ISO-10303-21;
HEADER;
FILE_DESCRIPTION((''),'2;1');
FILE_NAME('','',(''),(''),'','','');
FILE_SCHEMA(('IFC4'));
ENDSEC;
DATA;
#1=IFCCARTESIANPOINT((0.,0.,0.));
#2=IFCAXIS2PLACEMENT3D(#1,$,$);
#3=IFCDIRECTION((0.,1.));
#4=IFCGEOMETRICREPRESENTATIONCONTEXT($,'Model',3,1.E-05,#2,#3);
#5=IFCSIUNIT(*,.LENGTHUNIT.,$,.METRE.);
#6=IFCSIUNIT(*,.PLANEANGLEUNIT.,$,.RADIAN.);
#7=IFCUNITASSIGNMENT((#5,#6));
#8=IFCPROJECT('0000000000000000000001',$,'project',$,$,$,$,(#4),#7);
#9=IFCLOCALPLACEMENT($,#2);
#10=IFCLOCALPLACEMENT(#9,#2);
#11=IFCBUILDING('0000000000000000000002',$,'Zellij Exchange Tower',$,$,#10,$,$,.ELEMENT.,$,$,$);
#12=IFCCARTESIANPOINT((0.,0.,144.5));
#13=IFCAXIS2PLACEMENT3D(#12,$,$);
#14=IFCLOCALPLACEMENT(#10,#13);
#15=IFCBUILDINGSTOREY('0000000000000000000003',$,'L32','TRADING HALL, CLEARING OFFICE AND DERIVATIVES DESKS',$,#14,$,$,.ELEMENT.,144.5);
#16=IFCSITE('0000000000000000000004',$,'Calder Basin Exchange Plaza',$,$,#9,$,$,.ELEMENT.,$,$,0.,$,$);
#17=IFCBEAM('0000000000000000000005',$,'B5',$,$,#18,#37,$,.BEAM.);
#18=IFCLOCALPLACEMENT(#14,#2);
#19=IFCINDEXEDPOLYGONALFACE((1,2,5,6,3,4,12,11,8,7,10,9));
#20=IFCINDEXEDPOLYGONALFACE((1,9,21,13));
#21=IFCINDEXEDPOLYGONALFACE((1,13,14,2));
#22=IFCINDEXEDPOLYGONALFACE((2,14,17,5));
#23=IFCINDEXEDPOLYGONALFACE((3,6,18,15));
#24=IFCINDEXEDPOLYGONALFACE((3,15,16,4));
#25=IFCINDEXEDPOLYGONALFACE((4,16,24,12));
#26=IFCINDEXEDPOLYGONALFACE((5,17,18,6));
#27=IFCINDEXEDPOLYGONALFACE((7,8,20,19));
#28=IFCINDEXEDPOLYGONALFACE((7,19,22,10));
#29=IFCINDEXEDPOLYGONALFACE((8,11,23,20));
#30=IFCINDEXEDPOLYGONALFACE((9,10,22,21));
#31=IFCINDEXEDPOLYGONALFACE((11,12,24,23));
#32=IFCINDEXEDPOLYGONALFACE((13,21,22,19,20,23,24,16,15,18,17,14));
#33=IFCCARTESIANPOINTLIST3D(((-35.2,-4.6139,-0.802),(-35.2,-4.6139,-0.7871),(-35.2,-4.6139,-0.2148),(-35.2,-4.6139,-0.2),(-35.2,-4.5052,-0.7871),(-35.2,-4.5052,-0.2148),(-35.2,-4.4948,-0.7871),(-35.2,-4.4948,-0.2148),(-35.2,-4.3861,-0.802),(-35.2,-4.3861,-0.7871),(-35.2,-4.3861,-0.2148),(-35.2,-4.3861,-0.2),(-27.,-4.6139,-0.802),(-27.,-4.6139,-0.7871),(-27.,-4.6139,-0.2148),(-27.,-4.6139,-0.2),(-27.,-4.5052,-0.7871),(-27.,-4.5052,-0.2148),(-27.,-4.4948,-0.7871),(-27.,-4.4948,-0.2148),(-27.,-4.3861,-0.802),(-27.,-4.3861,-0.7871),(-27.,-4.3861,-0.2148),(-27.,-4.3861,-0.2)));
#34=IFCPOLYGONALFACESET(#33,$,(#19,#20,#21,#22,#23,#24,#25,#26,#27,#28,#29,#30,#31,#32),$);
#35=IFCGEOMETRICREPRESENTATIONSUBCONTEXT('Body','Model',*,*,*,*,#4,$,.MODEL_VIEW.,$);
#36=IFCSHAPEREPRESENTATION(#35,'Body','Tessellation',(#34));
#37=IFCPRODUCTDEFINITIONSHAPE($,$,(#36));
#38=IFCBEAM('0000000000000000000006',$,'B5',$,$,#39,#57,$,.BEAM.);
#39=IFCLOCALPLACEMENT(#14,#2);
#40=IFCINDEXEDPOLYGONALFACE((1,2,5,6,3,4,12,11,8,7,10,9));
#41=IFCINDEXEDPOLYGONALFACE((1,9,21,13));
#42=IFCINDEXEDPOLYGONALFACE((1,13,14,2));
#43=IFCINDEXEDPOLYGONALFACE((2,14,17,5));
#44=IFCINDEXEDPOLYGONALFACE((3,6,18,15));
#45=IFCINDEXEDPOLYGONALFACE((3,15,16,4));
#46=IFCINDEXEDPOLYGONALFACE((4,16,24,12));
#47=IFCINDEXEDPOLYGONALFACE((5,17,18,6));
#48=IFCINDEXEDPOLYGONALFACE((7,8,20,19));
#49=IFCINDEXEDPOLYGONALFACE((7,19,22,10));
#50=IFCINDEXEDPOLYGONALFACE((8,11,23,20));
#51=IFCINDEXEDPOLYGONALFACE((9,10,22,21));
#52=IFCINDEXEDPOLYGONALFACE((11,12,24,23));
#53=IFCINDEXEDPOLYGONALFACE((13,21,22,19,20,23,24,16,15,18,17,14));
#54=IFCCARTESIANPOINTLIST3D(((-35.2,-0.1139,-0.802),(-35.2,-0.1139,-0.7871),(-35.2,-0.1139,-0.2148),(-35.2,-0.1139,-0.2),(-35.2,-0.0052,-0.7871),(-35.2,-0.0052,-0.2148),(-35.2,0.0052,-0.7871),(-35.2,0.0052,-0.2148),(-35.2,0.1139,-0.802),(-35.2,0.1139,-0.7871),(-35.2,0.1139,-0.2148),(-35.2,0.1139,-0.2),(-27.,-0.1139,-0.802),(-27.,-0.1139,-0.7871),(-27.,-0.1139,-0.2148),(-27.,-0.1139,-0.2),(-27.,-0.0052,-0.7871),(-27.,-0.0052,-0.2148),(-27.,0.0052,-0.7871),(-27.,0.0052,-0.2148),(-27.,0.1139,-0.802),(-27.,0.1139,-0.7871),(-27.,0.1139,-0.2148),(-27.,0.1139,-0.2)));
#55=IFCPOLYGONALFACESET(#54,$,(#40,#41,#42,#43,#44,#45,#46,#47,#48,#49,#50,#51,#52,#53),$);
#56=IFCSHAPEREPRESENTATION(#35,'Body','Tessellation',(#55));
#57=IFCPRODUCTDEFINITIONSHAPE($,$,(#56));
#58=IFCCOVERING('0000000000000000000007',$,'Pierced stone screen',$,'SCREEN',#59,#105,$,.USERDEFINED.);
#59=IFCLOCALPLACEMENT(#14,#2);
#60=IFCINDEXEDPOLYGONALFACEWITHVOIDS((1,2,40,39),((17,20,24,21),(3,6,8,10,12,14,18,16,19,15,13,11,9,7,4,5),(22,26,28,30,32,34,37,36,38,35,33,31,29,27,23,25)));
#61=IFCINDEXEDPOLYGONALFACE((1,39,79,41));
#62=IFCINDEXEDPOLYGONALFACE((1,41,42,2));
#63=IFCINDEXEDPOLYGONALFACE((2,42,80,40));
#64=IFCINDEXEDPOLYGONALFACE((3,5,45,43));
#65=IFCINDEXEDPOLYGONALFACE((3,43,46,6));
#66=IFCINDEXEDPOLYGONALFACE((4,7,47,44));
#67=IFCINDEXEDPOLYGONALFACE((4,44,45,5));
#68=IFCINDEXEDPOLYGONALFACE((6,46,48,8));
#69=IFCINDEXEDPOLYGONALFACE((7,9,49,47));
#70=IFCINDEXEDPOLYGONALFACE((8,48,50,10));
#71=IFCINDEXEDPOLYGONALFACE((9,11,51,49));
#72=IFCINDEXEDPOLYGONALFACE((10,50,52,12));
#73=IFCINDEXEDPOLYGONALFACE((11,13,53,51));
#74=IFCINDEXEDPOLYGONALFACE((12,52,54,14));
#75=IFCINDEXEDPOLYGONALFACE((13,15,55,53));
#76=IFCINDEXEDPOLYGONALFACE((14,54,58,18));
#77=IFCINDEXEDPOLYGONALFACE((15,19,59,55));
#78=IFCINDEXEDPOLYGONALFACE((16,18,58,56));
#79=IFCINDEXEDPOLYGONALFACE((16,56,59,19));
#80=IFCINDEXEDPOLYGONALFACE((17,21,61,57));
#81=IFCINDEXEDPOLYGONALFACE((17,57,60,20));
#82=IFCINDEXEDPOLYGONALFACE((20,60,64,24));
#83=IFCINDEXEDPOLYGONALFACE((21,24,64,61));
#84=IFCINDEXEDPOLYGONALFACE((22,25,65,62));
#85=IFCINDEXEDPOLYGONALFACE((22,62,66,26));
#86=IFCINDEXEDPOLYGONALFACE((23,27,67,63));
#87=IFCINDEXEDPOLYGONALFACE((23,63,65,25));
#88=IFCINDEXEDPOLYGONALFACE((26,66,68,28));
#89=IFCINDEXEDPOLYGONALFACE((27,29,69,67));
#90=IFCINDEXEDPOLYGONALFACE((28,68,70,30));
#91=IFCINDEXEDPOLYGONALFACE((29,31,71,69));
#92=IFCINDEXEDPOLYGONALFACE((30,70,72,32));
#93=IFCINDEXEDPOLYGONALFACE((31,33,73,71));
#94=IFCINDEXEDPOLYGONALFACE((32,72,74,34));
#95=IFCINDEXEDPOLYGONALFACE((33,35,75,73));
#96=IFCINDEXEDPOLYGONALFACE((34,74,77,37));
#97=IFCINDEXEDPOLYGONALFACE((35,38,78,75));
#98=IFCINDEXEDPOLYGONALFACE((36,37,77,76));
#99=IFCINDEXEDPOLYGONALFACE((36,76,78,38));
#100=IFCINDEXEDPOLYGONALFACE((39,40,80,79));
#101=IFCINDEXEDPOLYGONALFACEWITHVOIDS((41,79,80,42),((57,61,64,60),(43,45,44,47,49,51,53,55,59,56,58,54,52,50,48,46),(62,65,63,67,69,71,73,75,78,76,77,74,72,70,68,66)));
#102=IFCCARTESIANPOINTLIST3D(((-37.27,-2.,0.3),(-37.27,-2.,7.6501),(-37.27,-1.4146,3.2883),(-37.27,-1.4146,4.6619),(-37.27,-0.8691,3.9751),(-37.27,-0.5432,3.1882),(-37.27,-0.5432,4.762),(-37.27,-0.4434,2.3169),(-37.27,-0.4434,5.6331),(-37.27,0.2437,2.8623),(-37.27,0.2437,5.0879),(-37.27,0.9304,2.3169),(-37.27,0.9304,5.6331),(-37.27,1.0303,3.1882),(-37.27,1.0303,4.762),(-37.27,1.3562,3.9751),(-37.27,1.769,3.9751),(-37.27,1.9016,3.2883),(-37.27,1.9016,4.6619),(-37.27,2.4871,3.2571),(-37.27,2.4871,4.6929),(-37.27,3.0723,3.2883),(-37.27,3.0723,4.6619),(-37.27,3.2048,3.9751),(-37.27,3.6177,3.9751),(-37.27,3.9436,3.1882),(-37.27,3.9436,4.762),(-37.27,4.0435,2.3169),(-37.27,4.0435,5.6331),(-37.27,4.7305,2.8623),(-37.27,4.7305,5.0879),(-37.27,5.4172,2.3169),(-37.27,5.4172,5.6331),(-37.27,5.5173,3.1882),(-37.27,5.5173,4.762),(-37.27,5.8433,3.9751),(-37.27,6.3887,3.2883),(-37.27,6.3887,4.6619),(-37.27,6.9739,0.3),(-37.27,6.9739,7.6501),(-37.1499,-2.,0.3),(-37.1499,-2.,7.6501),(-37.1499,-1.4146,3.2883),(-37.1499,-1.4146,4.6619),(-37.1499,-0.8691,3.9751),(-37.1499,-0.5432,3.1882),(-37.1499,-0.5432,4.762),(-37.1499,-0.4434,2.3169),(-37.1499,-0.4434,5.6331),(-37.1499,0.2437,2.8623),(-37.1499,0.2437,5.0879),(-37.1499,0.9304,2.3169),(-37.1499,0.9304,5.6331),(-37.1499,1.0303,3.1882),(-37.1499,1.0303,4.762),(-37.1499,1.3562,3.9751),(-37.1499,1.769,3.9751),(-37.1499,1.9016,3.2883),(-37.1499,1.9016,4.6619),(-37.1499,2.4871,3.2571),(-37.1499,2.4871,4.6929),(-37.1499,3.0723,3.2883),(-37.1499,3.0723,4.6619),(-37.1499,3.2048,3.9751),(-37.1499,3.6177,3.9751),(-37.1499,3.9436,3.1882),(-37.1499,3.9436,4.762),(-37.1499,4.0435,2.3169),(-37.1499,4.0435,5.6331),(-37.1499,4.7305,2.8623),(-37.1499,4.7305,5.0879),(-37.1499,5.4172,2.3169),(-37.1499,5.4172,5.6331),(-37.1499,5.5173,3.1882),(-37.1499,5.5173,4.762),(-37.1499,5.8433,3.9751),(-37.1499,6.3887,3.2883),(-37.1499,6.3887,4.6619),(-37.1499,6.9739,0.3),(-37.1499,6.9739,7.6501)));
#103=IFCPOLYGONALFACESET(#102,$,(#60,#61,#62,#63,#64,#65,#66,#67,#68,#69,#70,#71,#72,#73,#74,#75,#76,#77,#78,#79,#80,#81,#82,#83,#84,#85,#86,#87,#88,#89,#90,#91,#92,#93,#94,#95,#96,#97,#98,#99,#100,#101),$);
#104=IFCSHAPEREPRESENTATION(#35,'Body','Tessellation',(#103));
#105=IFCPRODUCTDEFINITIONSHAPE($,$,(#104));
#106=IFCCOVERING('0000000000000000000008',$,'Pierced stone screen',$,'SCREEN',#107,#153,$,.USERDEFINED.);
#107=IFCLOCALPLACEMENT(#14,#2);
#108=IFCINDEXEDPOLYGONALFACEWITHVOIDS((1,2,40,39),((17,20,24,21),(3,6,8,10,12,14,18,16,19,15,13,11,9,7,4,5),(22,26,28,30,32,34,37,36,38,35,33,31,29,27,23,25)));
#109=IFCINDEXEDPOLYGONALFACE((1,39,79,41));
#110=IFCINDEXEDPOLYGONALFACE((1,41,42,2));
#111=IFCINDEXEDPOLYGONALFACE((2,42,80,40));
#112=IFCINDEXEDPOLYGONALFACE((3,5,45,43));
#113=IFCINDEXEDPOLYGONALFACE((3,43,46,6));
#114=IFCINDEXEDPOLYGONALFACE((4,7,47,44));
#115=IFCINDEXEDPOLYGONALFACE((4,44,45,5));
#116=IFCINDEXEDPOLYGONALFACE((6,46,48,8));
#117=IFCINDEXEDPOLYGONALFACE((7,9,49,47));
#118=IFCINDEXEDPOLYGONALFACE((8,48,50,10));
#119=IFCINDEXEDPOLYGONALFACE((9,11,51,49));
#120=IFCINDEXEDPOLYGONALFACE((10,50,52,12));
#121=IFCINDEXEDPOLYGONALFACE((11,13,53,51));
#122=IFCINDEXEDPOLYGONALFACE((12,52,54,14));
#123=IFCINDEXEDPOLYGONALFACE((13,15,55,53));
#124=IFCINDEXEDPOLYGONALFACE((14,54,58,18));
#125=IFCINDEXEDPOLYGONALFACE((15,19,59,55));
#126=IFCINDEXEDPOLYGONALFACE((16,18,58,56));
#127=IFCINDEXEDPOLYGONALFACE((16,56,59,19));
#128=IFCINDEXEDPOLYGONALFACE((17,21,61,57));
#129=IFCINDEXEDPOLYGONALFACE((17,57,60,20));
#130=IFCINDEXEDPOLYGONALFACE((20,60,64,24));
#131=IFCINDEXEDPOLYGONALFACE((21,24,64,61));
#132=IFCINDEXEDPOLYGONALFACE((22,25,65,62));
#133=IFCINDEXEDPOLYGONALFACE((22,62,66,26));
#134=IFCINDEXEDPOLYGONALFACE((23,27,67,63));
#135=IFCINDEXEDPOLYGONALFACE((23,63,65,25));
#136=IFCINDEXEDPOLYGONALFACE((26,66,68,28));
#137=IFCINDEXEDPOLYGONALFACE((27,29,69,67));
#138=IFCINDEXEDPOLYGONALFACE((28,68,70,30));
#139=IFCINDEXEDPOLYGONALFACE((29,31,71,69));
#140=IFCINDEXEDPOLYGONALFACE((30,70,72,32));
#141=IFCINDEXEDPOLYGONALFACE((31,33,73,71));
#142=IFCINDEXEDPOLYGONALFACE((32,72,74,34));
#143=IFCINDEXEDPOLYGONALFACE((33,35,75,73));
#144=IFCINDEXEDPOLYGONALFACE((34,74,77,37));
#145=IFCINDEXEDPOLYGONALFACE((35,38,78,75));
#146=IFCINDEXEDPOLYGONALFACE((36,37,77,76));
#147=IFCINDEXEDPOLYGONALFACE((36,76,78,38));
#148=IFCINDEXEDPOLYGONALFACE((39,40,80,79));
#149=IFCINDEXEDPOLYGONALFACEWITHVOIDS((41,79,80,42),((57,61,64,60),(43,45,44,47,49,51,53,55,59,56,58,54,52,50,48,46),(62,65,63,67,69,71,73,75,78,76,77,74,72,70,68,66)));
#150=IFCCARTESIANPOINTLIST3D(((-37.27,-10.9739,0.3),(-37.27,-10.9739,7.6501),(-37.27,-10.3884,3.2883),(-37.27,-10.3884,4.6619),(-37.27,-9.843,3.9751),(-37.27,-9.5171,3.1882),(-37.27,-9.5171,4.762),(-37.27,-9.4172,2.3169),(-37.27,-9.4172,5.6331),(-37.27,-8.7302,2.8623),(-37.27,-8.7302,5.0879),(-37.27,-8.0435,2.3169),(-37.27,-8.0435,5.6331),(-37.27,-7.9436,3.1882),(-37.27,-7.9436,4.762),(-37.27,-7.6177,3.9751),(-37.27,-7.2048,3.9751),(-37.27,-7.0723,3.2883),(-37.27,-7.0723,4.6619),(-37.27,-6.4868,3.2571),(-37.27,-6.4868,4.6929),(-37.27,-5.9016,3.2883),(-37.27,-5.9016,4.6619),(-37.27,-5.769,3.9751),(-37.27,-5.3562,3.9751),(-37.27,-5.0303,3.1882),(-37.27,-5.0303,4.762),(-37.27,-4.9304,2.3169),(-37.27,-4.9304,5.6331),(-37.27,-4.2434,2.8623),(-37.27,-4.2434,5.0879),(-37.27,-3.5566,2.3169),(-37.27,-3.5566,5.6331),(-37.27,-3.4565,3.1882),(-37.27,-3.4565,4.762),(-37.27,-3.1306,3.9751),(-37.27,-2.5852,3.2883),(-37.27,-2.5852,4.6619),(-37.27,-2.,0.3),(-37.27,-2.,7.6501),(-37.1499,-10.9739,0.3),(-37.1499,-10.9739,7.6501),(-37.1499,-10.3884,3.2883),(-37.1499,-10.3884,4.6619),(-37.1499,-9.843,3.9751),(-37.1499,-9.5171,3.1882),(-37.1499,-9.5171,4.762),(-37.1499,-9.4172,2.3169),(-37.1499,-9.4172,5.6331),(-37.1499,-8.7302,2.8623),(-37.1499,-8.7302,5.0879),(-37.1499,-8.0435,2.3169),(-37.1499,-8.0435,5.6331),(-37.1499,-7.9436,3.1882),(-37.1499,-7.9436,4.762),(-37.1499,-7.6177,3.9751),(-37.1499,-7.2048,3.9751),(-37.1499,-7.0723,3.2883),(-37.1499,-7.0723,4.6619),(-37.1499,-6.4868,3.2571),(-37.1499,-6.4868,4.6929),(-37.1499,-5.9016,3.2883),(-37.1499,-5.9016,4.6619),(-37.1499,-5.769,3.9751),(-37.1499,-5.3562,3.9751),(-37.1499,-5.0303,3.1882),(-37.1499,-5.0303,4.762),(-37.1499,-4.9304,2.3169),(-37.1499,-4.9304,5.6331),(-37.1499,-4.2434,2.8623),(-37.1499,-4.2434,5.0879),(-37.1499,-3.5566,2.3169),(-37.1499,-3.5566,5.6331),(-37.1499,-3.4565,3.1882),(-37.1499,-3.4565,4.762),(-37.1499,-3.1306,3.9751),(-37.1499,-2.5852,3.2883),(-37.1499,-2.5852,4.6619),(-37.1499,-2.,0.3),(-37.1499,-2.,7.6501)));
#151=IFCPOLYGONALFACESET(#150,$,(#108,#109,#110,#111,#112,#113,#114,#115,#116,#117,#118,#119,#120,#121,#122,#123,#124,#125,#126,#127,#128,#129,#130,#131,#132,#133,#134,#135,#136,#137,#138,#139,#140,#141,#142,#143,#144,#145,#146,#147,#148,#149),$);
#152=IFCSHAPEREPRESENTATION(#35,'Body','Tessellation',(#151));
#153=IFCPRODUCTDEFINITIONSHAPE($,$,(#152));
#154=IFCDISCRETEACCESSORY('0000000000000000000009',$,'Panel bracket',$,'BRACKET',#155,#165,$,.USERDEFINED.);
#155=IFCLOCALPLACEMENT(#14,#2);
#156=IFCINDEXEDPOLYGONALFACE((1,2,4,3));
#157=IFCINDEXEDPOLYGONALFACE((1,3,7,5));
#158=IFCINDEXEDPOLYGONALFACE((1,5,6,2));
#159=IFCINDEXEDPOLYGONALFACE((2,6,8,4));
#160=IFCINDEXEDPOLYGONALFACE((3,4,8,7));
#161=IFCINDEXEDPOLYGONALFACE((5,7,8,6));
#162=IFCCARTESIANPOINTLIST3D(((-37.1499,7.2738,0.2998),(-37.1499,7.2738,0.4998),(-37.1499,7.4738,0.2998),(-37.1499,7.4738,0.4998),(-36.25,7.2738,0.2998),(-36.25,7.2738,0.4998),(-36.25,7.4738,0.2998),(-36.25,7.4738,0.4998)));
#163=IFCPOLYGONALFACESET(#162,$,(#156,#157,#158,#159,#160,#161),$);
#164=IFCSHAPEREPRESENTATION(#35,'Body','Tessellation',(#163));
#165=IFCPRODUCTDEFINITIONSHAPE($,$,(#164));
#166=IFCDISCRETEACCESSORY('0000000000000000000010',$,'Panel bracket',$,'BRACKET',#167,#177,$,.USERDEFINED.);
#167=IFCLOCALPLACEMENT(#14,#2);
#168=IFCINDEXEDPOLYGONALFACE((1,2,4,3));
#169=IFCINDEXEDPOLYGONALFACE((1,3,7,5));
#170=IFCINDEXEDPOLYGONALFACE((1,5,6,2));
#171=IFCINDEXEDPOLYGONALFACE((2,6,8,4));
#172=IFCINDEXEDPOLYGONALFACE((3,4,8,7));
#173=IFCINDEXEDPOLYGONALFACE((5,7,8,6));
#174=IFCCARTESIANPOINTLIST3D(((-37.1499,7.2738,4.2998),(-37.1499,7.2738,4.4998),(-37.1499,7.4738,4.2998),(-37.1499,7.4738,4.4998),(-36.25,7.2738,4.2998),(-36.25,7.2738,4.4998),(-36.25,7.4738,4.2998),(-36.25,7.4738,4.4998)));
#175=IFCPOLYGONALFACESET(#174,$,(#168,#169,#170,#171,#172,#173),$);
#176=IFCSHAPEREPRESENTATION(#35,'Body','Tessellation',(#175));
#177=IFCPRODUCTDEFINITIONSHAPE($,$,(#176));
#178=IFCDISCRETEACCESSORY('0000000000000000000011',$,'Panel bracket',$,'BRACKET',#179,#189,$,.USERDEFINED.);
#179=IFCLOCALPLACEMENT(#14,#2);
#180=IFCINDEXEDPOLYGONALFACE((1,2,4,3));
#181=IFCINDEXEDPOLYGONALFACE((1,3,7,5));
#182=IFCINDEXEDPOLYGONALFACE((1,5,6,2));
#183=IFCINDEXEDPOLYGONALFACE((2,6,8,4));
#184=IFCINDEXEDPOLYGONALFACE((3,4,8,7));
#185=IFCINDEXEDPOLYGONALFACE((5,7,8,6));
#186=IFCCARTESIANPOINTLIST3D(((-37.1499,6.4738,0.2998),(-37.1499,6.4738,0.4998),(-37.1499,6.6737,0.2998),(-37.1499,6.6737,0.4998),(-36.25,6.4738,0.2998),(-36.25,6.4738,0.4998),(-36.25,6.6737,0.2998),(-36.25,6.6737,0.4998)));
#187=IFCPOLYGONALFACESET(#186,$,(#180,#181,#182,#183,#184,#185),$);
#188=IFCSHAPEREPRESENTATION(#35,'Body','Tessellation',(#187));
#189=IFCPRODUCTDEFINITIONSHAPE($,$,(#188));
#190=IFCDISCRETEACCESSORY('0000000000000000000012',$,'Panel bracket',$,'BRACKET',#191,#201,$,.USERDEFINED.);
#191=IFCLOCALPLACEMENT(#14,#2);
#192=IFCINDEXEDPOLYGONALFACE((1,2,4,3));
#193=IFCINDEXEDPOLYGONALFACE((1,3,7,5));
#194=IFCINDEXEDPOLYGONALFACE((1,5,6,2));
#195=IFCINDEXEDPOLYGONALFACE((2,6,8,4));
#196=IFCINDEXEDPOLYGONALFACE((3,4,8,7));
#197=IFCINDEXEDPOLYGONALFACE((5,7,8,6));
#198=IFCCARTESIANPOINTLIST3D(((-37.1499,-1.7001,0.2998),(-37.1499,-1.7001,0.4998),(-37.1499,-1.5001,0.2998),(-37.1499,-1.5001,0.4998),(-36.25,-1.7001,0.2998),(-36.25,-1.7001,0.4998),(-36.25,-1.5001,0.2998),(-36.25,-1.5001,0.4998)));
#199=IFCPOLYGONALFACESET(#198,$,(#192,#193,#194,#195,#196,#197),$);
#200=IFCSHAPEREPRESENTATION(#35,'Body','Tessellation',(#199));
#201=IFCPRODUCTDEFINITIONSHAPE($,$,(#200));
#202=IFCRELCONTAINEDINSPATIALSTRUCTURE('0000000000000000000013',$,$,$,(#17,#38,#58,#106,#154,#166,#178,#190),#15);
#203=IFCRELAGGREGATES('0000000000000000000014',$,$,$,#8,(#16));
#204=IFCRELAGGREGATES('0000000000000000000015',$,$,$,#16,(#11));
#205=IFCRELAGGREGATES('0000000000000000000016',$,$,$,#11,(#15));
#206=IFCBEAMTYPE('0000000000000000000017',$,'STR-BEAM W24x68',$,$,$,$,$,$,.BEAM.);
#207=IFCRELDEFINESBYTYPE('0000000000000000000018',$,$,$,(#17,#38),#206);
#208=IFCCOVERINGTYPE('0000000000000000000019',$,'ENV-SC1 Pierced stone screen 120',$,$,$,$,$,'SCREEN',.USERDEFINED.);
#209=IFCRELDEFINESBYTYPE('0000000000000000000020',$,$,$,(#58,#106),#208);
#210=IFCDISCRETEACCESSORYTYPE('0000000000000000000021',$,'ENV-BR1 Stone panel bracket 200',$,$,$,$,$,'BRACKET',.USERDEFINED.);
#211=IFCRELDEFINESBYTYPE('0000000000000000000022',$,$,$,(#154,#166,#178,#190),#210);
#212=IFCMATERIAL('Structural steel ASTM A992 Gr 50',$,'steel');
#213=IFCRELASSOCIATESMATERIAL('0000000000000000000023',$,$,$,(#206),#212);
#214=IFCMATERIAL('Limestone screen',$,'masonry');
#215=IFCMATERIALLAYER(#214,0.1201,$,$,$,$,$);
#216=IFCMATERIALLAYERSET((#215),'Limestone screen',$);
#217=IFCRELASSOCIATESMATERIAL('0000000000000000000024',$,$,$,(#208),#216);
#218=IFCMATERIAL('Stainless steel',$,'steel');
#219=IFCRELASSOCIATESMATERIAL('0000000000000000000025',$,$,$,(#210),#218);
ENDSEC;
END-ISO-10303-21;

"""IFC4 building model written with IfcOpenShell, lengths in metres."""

from ifc_helpers import new_model, si_unit, direction, frame, origin, origin_2d, place, context, subcontext, project, spatial, polyline, rectangle, i_section, outline, extrude, material, layer, layer_set, material_profile, profile_set, type_object, element, save


model = new_model("IFC4")

# Units and contexts
model_context = context("Model", 3, precision=1e-05, world=origin(), true_north=direction((0.0, 1.0)))
body_context = subcontext(model_context, "Body", "Model", "MODEL_VIEW")
ifc_project = project(units=[si_unit("LENGTHUNIT", "METRE"), si_unit("PLANEANGLEUNIT", "RADIAN")], contexts=[model_context])

# Site, building, storey
site_placement = place(None, origin())
site = spatial("IfcSite", under=ifc_project, at=site_placement, Name="Calder Basin Exchange Plaza", CompositionType="ELEMENT", RefElevation=0.0)
building_placement = place(site_placement, origin())
building = spatial("IfcBuilding", under=site, at=building_placement, Name="Zellij Exchange Tower", CompositionType="ELEMENT")
storey_placement = place(building_placement, frame((0.0, 0.0, 144.5)))
storey = spatial("IfcBuildingStorey", under=building, at=storey_placement, Name="L32", Description="TRADING HALL, CLEARING OFFICE AND DERIVATIVES DESKS", CompositionType="ELEMENT", Elevation=144.5)

# Beams
ifc_material_1 = material(Name="Structural steel ASTM A992 Gr 50", Category="steel")
ifc_material_profile = material_profile(ifc_material_1, i_section(OverallWidth=0.2278, OverallDepth=0.6021, WebThickness=0.0105, FlangeThickness=0.0149, at=origin_2d()), Name="W24x68")
ifc_profile_set = profile_set([ifc_material_profile], Name="Structural steel ASTM A992 Gr 50")
beam_type = type_object("IfcBeamType", Name="STR-BEAM W24x68", PredefinedType="BEAM", material=ifc_profile_set)
for number, where, z_axis, x_axis, name in (
    (1, (-35.2, -4.5, -0.501), (1.0, 0.0, 0.0), (0.0, 1.0, 0.0), "B5"),
    (2, (-35.2, 0.0, -0.501), (1.0, 0.0, 0.0), (0.0, 1.0, 0.0), "B5"),
):
    element("IfcBeam", number, at=place(storey_placement, frame(where, z_axis=z_axis, x_axis=x_axis)), inside=storey, type_object=beam_type, Name=name, PredefinedType="BEAM", context=body_context, shape_type="SweptSolid", body=[
        extrude(i_section(OverallWidth=0.2278, OverallDepth=0.6021, WebThickness=0.0105, FlangeThickness=0.0149, at=origin_2d()), origin(), (0.0, 0.0, 1.0), 8.2),
    ])

# Coverings
ifc_material_2 = material(Name="Limestone screen", Category="masonry")
ifc_layer = layer(ifc_material_2, 0.1201)
ifc_layer_set = layer_set([ifc_layer], Name="Limestone screen")
covering_type = type_object("IfcCoveringType", Name="ENV-SC1 Pierced stone screen 120", ElementType="SCREEN", PredefinedType="USERDEFINED", material=ifc_layer_set)
for number, where, z_axis, x_axis, name in (
    (3, (-37.21, 6.9739, 0.3), (0.0, 0.0, 1.0), (0.0, -1.0, 0.0), "Pierced stone screen"),
    (4, (-37.21, -2.0, 0.3), (0.0, 0.0, 1.0), (0.0, -1.0, 0.0), "Pierced stone screen"),
):
    element("IfcCovering", number, at=place(storey_placement, frame(where, z_axis=z_axis, x_axis=x_axis)), inside=storey, type_object=covering_type, Name=name, ObjectType="SCREEN", PredefinedType="USERDEFINED", context=body_context, shape_type="SweptSolid", body=[
        extrude(outline(polyline([(0.0, 0.0), (8.9739, 0.0), (8.9739, 7.3501), (0.0, 7.3501), (0.0, 0.0)]), holes=[polyline([(3.9016, 4.3618), (3.0303, 4.4619), (2.9304, 5.333), (2.2434, 4.7878), (1.5566, 5.333), (1.4565, 4.4619), (0.5852, 4.3618), (1.1306, 3.675), (0.5852, 2.9883), (1.4565, 2.8882), (1.5566, 2.0168), (2.2434, 2.5623), (2.9304, 2.0168), (3.0303, 2.8882), (3.9016, 2.9883), (3.3562, 3.675), (3.9016, 4.3618)]), polyline([(8.3884, 4.3618), (7.5171, 4.4619), (7.4172, 5.333), (6.7302, 4.7878), (6.0435, 5.333), (5.9436, 4.4619), (5.0723, 4.3618), (5.6177, 3.675), (5.0723, 2.9883), (5.9436, 2.8882), (6.0435, 2.0168), (6.7302, 2.5623), (7.4172, 2.0168), (7.5171, 2.8882), (8.3884, 2.9883), (7.843, 3.675), (8.3884, 4.3618)]), polyline([(5.2048, 3.675), (4.4868, 4.3928), (3.769, 3.675), (4.4868, 2.957), (5.2048, 3.675)])]), frame((0.0, 0.0601, 0.0), z_axis=(0.0, -1.0, 0.0), x_axis=(1.0, 0.0, 0.0)), (0.0, 0.0, 1.0), 0.1201),
    ])

# Discrete accessories
ifc_material_3 = material(Name="Stainless steel", Category="steel")
discrete_accessory_type = type_object("IfcDiscreteAccessoryType", Name="ENV-BR1 Stone panel bracket 200", ElementType="BRACKET", PredefinedType="USERDEFINED", material=ifc_material_3)
for number, where, z_axis, x_axis, name in (
    (5, (-36.7, 7.3738, 0.2998), (0.0, 0.0, 1.0), (0.0, -1.0, 0.0), "Panel bracket"),
    (6, (-36.7, 7.3738, 4.2998), (0.0, 0.0, 1.0), (0.0, -1.0, 0.0), "Panel bracket"),
    (7, (-36.7, 6.5737, 0.2998), (0.0, 0.0, 1.0), (0.0, -1.0, 0.0), "Panel bracket"),
    (8, (-36.7, -1.6001, 0.2998), (0.0, 0.0, 1.0), (0.0, -1.0, 0.0), "Panel bracket"),
):
    element("IfcDiscreteAccessory", number, at=place(storey_placement, frame(where, z_axis=z_axis, x_axis=x_axis)), inside=storey, type_object=discrete_accessory_type, Name=name, ObjectType="BRACKET", PredefinedType="USERDEFINED", context=body_context, shape_type="SweptSolid", body=[
        extrude(rectangle(XDim=0.2, YDim=0.8999, at=origin_2d()), origin(), (0.0, 0.0, 1.0), 0.2),
    ])

save(model, "model.ifc")
